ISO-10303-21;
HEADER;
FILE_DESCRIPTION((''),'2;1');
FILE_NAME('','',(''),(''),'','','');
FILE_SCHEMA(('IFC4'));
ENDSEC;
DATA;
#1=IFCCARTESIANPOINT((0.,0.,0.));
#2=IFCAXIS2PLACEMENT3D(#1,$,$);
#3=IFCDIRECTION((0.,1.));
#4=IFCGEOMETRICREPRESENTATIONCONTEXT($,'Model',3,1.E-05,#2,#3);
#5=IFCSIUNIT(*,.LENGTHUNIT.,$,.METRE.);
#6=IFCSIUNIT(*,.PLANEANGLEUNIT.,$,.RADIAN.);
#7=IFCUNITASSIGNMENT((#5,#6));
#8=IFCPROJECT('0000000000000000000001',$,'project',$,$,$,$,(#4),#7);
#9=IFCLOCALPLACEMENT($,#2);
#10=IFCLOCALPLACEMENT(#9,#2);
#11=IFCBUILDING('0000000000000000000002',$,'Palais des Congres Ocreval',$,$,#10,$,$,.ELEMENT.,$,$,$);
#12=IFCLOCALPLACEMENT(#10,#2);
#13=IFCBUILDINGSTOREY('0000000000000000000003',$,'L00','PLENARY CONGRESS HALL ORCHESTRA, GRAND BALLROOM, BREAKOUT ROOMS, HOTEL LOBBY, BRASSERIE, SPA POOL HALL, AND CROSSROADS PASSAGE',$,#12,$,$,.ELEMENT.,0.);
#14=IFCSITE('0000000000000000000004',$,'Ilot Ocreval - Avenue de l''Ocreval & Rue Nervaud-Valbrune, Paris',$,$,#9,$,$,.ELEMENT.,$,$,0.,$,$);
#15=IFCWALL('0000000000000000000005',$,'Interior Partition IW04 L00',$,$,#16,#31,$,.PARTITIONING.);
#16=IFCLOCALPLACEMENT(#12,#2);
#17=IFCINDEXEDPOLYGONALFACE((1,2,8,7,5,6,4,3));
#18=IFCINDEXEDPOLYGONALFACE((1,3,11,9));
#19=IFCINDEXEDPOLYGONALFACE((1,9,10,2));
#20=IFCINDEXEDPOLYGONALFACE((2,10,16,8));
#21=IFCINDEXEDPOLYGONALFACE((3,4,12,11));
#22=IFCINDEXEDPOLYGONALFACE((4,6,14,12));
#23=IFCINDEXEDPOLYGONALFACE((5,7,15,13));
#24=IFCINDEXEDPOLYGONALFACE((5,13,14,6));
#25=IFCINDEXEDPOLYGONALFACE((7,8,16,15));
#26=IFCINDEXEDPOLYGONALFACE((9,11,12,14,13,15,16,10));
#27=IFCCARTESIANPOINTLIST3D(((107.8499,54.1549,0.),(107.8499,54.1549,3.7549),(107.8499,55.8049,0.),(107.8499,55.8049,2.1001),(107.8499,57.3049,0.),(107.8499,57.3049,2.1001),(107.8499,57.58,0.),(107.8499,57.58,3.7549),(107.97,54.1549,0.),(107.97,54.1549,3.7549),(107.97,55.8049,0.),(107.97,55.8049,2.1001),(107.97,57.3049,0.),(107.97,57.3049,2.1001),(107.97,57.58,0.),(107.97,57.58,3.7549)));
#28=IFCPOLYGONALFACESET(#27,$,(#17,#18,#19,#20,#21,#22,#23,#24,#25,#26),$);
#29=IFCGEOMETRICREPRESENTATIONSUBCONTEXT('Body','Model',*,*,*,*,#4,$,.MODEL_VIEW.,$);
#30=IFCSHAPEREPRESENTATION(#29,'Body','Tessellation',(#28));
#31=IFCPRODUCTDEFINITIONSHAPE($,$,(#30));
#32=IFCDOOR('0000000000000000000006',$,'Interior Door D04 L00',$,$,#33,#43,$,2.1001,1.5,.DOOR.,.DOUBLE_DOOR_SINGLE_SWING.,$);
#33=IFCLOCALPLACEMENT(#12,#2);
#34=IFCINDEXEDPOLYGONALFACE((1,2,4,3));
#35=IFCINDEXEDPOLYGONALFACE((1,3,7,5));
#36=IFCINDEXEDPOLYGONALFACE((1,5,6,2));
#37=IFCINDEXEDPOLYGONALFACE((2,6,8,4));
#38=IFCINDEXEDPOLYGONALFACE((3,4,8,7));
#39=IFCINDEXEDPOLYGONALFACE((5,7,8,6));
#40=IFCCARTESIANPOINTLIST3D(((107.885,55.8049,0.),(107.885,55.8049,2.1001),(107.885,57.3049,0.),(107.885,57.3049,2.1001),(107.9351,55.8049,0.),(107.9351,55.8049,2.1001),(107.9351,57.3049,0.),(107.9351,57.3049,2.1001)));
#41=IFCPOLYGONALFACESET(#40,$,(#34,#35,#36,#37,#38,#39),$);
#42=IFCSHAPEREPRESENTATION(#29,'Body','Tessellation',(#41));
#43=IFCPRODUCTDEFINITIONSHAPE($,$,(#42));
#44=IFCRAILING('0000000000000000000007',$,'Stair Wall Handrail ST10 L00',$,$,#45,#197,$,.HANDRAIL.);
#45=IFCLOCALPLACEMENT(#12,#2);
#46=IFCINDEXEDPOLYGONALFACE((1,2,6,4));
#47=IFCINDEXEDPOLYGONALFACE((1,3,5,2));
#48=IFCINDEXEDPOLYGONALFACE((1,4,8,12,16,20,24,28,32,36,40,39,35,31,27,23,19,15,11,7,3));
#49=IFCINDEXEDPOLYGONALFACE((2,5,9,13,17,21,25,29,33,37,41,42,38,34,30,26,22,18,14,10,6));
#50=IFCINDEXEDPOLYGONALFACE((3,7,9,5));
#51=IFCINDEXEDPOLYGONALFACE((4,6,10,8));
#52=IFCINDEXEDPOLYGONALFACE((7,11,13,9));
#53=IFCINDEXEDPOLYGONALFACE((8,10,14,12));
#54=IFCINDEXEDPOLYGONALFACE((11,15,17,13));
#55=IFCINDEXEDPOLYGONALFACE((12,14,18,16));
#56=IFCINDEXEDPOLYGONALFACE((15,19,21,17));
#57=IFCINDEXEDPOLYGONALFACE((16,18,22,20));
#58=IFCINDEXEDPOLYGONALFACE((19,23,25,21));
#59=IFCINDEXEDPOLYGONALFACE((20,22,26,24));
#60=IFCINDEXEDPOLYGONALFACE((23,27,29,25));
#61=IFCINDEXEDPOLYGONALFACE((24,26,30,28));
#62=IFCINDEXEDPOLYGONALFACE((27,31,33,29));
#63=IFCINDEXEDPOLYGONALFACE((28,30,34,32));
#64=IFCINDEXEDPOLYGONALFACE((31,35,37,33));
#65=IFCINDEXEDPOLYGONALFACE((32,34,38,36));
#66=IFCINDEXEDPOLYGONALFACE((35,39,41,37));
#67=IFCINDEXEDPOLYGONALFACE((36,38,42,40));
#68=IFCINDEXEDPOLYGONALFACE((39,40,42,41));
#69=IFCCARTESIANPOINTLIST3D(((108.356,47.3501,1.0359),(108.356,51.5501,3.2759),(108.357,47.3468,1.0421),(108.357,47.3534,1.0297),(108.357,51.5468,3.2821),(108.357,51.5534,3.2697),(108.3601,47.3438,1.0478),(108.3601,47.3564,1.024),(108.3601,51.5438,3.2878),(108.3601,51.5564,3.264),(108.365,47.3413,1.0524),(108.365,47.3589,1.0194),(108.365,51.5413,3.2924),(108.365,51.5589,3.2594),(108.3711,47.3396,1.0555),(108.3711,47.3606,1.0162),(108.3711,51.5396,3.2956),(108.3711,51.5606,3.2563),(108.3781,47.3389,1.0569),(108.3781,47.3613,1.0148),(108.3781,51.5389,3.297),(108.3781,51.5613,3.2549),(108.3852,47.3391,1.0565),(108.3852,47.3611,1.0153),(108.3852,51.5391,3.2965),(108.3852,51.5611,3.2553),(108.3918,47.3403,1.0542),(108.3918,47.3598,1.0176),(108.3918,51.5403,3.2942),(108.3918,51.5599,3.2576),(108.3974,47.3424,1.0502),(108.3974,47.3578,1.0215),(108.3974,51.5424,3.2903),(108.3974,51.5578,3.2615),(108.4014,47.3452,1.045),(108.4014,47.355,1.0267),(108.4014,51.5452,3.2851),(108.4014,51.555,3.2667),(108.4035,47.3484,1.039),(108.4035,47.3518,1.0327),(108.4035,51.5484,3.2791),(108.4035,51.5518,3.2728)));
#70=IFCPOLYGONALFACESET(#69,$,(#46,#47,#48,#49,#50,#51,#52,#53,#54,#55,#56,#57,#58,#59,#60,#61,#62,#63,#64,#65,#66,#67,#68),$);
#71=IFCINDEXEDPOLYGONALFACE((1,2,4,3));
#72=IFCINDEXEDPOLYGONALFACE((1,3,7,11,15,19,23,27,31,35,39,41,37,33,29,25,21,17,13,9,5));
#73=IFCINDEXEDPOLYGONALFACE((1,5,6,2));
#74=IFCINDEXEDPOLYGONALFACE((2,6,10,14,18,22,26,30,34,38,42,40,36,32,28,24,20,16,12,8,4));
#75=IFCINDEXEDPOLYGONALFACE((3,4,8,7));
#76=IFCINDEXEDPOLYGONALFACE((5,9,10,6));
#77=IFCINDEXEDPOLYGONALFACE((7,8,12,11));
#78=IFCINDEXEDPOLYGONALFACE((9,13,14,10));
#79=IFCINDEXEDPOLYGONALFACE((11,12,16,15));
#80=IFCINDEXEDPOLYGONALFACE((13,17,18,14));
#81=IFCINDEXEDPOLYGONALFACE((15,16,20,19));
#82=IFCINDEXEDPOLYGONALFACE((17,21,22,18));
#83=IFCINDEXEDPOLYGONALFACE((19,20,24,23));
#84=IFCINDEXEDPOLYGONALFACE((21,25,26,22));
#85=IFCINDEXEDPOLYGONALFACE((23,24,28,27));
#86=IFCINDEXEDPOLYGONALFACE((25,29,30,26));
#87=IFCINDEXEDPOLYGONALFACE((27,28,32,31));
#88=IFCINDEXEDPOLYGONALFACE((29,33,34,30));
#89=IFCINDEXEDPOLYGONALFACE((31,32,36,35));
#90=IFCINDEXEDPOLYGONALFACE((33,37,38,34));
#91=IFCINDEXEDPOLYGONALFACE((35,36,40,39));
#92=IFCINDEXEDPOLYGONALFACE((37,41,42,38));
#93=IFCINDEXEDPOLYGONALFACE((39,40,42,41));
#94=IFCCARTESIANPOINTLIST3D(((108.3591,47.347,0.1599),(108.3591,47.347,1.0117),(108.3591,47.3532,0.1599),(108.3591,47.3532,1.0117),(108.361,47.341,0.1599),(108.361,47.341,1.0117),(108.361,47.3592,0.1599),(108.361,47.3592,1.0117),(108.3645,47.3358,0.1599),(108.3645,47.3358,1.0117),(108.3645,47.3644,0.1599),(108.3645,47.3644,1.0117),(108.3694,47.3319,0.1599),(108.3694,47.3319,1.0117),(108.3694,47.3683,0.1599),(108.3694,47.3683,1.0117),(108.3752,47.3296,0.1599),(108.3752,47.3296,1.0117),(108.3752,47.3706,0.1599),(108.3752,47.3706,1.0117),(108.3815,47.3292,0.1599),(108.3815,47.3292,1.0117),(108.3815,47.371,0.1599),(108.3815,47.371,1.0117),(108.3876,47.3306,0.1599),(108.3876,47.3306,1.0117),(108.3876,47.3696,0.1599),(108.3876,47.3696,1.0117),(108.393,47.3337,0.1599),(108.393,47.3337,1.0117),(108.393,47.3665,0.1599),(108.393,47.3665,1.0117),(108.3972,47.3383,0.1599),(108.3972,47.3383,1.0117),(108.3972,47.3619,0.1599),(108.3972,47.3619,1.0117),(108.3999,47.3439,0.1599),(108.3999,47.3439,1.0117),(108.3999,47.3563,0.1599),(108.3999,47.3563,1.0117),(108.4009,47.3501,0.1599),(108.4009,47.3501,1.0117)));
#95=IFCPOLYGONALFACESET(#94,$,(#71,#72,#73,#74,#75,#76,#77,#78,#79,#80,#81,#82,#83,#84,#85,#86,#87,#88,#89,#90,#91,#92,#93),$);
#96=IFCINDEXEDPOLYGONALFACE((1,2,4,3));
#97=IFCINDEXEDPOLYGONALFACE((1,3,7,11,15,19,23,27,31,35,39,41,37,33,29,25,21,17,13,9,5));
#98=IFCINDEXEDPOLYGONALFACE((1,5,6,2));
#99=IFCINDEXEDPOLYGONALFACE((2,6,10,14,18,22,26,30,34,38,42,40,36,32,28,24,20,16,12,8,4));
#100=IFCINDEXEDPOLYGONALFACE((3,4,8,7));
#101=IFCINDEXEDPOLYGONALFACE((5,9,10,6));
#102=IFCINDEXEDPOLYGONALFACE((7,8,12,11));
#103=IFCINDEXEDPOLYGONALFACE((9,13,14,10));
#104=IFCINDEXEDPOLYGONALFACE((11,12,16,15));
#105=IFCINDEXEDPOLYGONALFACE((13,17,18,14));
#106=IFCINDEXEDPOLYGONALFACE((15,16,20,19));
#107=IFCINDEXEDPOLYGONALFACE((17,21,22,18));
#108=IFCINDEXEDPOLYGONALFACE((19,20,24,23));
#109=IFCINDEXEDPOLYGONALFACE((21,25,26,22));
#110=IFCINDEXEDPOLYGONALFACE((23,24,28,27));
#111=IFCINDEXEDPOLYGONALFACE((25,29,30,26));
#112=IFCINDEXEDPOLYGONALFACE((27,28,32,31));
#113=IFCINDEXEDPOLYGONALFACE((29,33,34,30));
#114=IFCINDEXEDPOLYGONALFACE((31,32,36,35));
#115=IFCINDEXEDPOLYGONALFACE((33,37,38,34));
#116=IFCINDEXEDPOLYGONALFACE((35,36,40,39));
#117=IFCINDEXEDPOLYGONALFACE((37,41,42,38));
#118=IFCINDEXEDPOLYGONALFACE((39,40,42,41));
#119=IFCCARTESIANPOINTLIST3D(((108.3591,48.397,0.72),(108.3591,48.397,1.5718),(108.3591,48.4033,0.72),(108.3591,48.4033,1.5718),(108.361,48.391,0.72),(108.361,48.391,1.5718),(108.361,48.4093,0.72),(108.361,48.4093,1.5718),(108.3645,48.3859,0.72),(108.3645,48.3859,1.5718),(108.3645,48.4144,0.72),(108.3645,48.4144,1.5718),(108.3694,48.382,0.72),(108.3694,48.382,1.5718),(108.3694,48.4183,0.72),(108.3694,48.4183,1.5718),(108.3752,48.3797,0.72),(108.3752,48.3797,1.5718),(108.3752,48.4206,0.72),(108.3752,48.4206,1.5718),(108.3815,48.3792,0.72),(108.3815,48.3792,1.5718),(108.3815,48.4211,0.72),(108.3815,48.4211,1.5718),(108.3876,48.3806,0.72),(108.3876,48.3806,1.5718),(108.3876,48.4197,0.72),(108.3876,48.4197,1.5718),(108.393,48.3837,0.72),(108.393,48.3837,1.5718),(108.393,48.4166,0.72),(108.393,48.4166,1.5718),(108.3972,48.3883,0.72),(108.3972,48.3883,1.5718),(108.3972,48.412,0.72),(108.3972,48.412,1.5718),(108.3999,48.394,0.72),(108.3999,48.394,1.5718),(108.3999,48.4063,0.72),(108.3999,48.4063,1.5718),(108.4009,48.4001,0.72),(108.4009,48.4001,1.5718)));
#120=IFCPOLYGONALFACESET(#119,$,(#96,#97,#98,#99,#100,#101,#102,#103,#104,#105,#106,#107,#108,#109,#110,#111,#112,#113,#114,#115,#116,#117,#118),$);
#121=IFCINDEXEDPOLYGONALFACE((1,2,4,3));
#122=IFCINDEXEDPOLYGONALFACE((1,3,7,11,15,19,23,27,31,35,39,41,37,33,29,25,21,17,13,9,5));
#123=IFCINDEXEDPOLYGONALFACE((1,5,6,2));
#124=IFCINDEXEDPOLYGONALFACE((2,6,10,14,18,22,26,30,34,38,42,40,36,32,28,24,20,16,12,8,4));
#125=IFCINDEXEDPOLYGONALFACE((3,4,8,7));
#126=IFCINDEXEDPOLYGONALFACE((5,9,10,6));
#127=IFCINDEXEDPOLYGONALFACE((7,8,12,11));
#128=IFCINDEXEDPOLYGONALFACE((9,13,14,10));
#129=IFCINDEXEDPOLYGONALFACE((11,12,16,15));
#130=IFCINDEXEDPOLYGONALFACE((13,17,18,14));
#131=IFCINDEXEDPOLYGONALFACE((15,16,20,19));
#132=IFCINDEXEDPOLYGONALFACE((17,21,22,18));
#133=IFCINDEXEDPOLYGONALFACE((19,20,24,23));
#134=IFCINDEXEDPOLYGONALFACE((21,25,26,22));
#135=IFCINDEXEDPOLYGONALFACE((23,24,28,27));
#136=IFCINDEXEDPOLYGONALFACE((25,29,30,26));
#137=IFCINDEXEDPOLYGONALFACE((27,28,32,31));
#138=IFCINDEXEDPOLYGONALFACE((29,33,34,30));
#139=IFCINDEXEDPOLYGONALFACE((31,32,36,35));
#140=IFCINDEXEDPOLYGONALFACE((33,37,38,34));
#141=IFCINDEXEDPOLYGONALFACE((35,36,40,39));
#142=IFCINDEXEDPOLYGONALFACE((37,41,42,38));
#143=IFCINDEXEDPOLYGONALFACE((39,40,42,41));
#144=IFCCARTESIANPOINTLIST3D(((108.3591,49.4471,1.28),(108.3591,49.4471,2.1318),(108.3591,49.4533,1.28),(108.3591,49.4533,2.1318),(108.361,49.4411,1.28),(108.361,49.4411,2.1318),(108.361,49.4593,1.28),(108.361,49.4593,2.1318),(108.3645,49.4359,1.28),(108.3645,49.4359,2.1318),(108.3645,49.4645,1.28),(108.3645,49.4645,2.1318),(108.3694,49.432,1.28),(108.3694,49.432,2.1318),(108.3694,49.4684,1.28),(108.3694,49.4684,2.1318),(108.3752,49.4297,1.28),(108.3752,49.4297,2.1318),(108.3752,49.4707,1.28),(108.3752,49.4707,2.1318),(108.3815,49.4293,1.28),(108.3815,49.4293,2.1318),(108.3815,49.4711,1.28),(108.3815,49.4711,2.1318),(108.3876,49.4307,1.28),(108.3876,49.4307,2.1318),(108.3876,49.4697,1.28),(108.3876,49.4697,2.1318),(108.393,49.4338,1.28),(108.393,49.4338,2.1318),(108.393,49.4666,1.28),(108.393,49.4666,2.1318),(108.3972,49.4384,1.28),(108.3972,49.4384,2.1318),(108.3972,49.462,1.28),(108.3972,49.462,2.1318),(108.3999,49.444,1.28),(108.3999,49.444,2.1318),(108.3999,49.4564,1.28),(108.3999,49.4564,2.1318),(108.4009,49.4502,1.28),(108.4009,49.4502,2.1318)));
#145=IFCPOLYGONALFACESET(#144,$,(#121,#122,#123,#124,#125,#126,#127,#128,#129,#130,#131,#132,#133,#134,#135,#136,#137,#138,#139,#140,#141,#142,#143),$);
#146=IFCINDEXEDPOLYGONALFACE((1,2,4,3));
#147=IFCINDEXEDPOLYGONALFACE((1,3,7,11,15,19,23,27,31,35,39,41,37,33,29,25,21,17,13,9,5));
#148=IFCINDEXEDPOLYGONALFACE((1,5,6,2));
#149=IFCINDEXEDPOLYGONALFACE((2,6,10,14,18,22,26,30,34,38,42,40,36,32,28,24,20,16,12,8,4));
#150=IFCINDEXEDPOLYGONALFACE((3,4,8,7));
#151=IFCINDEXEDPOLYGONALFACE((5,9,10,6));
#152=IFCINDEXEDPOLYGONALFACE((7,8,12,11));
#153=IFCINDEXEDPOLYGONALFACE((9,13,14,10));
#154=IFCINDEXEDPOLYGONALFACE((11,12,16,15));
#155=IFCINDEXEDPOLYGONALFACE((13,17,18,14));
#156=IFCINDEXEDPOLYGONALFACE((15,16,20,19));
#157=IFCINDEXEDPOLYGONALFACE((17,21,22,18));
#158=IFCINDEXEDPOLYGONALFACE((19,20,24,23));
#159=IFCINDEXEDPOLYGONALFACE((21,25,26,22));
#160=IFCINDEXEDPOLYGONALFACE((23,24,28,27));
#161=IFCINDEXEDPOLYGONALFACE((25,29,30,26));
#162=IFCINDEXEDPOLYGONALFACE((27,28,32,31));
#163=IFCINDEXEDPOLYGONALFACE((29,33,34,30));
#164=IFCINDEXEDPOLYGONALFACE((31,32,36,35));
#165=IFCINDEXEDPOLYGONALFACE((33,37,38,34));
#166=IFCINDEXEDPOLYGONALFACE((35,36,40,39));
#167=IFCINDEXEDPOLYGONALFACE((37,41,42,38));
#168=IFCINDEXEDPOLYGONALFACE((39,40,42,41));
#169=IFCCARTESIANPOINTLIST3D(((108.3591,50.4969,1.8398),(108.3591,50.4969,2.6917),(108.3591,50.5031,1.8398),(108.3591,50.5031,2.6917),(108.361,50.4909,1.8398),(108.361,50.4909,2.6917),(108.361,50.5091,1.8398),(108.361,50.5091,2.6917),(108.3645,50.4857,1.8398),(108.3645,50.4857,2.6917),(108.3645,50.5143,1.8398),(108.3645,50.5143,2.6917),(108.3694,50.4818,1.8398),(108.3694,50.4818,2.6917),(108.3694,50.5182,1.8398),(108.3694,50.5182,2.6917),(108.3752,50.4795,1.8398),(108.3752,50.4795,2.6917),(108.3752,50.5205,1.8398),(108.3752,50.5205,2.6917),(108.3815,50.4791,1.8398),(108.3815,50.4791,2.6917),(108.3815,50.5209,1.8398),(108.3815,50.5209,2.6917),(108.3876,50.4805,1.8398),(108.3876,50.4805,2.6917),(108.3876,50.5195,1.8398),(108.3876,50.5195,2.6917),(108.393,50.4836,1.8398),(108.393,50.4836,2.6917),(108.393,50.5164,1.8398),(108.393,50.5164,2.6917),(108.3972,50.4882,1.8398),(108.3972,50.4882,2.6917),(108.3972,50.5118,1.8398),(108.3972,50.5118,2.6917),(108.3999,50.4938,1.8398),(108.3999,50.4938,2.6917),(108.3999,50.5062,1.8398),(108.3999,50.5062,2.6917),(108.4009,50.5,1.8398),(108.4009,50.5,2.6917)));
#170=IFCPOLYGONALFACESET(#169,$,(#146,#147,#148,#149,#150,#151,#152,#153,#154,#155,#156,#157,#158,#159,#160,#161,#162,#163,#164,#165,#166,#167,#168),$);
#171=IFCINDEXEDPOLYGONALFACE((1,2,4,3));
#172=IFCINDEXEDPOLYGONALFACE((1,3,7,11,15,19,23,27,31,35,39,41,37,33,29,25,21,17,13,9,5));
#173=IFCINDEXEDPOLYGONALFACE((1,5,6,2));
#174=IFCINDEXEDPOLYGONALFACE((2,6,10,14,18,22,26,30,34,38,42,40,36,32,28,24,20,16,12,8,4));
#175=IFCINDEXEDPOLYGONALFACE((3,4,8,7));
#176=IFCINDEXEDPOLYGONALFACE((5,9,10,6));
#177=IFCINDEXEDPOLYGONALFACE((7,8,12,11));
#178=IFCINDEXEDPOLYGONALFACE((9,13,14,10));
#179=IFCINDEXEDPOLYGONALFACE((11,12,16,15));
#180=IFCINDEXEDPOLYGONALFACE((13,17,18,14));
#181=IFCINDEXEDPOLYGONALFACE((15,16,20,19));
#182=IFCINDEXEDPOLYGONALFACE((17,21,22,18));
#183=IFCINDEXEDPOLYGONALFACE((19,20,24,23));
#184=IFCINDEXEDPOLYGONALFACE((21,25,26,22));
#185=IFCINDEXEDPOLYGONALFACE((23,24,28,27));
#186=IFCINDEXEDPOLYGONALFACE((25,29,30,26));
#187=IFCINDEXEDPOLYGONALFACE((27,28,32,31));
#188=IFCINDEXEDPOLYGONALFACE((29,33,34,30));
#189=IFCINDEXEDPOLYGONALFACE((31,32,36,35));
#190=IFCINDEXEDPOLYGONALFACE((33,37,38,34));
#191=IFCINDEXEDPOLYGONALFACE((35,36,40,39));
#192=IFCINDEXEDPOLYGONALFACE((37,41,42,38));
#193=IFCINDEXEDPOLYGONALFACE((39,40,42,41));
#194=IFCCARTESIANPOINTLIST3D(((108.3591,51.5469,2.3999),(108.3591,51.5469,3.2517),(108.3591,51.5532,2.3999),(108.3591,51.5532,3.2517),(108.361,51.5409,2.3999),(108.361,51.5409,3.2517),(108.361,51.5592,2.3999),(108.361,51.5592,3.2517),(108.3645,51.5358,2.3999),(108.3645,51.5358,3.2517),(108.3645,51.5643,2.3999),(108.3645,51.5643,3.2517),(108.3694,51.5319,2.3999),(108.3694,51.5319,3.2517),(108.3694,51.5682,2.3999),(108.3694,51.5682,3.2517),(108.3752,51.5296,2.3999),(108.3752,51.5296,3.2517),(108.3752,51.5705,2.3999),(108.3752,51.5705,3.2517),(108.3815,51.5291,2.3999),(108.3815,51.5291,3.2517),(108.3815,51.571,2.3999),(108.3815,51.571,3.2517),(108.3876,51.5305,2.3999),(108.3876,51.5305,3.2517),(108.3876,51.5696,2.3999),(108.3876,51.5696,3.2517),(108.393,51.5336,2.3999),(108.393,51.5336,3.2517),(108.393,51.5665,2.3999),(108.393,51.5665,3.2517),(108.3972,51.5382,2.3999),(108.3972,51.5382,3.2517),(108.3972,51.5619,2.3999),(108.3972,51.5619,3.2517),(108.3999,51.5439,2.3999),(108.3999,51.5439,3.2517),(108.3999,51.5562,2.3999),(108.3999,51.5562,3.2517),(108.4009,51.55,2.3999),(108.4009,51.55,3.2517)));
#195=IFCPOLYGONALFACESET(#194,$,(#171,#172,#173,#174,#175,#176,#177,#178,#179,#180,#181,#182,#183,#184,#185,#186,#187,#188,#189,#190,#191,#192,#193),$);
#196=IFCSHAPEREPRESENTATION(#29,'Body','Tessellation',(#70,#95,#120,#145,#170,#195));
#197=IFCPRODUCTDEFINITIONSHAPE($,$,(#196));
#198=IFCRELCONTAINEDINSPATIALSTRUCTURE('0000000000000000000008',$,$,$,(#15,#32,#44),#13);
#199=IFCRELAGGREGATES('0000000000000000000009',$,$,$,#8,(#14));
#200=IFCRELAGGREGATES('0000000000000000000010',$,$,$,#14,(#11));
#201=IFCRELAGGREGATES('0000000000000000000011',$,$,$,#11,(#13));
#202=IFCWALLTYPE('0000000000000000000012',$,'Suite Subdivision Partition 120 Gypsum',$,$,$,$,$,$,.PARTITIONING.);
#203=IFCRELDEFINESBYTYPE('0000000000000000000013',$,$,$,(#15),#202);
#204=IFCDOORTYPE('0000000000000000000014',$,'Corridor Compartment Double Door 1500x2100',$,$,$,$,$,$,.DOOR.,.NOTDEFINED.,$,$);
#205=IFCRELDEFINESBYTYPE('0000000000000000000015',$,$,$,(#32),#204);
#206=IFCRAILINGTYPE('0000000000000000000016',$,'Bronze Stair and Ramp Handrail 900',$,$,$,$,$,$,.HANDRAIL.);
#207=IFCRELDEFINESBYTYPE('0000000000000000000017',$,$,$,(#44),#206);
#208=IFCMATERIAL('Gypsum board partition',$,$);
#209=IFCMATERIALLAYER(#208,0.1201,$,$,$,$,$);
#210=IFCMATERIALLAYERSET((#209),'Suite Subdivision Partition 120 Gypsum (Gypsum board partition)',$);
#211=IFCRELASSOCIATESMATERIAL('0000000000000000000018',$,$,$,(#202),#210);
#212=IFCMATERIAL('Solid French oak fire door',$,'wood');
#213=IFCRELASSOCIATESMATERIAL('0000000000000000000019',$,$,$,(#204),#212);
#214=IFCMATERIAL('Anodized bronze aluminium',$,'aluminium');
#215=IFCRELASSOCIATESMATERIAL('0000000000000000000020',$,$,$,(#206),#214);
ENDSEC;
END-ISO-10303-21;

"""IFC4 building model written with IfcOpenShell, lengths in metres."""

from ifc_helpers import new_model, si_unit, direction, frame, frame_2d, origin, origin_2d, place, context, subcontext, project, spatial, rectangle, circle, extrude, material, layer, layer_set, type_object, element, fill, save


model = new_model("IFC4")

# Units and contexts
model_context = context("Model", 3, precision=1e-05, world=origin(), true_north=direction((0.0, 1.0)))
body_context = subcontext(model_context, "Body", "Model", "MODEL_VIEW")
ifc_project = project(units=[si_unit("LENGTHUNIT", "METRE"), si_unit("PLANEANGLEUNIT", "RADIAN")], contexts=[model_context])

# Site, building, storey
site_placement = place(None, origin())
site = spatial("IfcSite", under=ifc_project, at=site_placement, Name="Ilot Ocreval - Avenue de l'Ocreval & Rue Nervaud-Valbrune, Paris", CompositionType="ELEMENT", RefElevation=0.0)
building_placement = place(site_placement, origin())
building = spatial("IfcBuilding", under=site, at=building_placement, Name="Palais des Congres Ocreval", CompositionType="ELEMENT")
storey_placement = place(building_placement, origin())
storey = spatial("IfcBuildingStorey", under=building, at=storey_placement, Name="L00", Description="PLENARY CONGRESS HALL ORCHESTRA, GRAND BALLROOM, BREAKOUT ROOMS, HOTEL LOBBY, BRASSERIE, SPA POOL HALL, AND CROSSROADS PASSAGE", CompositionType="ELEMENT", Elevation=0.0)

# Shared definitions
ifc_material_1 = material(Name="Anodized bronze aluminium", Category="aluminium")

# Wall, opening, door
ifc_material_2 = material(Name="Gypsum board partition")
ifc_layer_1 = layer(ifc_material_2, 0.1201)
ifc_layer_set_1 = layer_set([ifc_layer_1], Name="Suite Subdivision Partition 120 Gypsum (Gypsum board partition)")
wall_type_1 = type_object("IfcWallType", Name="Suite Subdivision Partition 120 Gypsum", PredefinedType="PARTITIONING", material=ifc_layer_set_1)
wall_1_placement = place(storey_placement, frame((107.9099, 54.155, 0.0), z_axis=(0.0, 0.0, 1.0), x_axis=(0.0, 1.0, 0.0)))
wall_1 = element("IfcWall", 1, at=wall_1_placement, inside=storey, type_object=wall_type_1, Name="Interior Partition IW04 L00", PredefinedType="PARTITIONING", context=body_context, shape_type="SweptSolid", body=[
    extrude(rectangle(XDim=3.425, YDim=0.1201, at=frame_2d((1.7124, 0.0))), origin(), (0.0, 0.0, 1.0), 3.7549),
])
opening_1_placement = place(wall_1_placement, frame((1.6499, 0.0, 0.0)))
opening_1 = element("IfcOpeningElement", 2, at=opening_1_placement, cuts=wall_1, PredefinedType="OPENING", context=body_context, shape_type="SweptSolid", body=[
    extrude(rectangle(XDim=1.5, YDim=2.1001, at=frame_2d((0.75, 1.05))), frame((0.0, 0.0701, 0.0), z_axis=(0.0, -1.0, 0.0), x_axis=(1.0, 0.0, 0.0)), (0.0, 0.0, 1.0), 0.1401),
])
ifc_material_3 = material(Name="Solid French oak fire door", Category="wood")
door_type_1 = type_object("IfcDoorType", Name="Corridor Compartment Double Door 1500x2100", OperationType="NOTDEFINED", PredefinedType="DOOR", material=ifc_material_3)
door_1_placement = place(opening_1_placement, origin())
door_1 = element("IfcDoor", 3, at=door_1_placement, inside=storey, type_object=door_type_1, Name="Interior Door D04 L00", OperationType="DOUBLE_DOOR_SINGLE_SWING", OverallHeight=2.1001, OverallWidth=1.5, PredefinedType="DOOR", context=body_context, shape_type="SweptSolid", body=[
    extrude(rectangle(XDim=1.5, YDim=2.1001, at=frame_2d((0.75, 1.05))), frame((0.0, 0.0249, 0.0), z_axis=(0.0, -1.0, 0.0), x_axis=(1.0, 0.0, 0.0)), (0.0, 0.0, 1.0), 0.05),
])
fill(opening_1, door_1)

# Railing
railing_type_1 = type_object("IfcRailingType", Name="Bronze Stair and Ramp Handrail 900", PredefinedType="HANDRAIL", material=ifc_material_1)
railing_1_placement = place(storey_placement, frame((108.3799, 47.3501, 0.1599)))
element("IfcRailing", 4, at=railing_1_placement, inside=storey, type_object=railing_type_1, Name="Stair Wall Handrail ST10 L00", PredefinedType="HANDRAIL", context=body_context, shape_type="SweptSolid", body=[
    extrude(circle(Radius=0.0239, at=origin_2d()), frame((0.0, 0.0, 0.876), z_axis=(0.0, 0.882352, 0.470591), x_axis=(-1.0, 0.0, 0.0)), (0.0, 0.0, 1.0), 4.76),
    extrude(circle(Radius=0.021, at=origin_2d()), origin(), (0.0, 0.0, 1.0), 0.8518),
    extrude(circle(Radius=0.021, at=origin_2d()), frame((0.0, 1.05, 0.5601)), (0.0, 0.0, 1.0), 0.8518),
    extrude(circle(Radius=0.021, at=origin_2d()), frame((0.0, 2.1001, 1.1201)), (0.0, 0.0, 1.0), 0.8518),
    extrude(circle(Radius=0.021, at=origin_2d()), frame((0.0, 3.1499, 1.6799)), (0.0, 0.0, 1.0), 0.8518),
    extrude(circle(Radius=0.021, at=origin_2d()), frame((0.0, 4.2, 2.24)), (0.0, 0.0, 1.0), 0.8518),
])

save(model, "model.ifc")
